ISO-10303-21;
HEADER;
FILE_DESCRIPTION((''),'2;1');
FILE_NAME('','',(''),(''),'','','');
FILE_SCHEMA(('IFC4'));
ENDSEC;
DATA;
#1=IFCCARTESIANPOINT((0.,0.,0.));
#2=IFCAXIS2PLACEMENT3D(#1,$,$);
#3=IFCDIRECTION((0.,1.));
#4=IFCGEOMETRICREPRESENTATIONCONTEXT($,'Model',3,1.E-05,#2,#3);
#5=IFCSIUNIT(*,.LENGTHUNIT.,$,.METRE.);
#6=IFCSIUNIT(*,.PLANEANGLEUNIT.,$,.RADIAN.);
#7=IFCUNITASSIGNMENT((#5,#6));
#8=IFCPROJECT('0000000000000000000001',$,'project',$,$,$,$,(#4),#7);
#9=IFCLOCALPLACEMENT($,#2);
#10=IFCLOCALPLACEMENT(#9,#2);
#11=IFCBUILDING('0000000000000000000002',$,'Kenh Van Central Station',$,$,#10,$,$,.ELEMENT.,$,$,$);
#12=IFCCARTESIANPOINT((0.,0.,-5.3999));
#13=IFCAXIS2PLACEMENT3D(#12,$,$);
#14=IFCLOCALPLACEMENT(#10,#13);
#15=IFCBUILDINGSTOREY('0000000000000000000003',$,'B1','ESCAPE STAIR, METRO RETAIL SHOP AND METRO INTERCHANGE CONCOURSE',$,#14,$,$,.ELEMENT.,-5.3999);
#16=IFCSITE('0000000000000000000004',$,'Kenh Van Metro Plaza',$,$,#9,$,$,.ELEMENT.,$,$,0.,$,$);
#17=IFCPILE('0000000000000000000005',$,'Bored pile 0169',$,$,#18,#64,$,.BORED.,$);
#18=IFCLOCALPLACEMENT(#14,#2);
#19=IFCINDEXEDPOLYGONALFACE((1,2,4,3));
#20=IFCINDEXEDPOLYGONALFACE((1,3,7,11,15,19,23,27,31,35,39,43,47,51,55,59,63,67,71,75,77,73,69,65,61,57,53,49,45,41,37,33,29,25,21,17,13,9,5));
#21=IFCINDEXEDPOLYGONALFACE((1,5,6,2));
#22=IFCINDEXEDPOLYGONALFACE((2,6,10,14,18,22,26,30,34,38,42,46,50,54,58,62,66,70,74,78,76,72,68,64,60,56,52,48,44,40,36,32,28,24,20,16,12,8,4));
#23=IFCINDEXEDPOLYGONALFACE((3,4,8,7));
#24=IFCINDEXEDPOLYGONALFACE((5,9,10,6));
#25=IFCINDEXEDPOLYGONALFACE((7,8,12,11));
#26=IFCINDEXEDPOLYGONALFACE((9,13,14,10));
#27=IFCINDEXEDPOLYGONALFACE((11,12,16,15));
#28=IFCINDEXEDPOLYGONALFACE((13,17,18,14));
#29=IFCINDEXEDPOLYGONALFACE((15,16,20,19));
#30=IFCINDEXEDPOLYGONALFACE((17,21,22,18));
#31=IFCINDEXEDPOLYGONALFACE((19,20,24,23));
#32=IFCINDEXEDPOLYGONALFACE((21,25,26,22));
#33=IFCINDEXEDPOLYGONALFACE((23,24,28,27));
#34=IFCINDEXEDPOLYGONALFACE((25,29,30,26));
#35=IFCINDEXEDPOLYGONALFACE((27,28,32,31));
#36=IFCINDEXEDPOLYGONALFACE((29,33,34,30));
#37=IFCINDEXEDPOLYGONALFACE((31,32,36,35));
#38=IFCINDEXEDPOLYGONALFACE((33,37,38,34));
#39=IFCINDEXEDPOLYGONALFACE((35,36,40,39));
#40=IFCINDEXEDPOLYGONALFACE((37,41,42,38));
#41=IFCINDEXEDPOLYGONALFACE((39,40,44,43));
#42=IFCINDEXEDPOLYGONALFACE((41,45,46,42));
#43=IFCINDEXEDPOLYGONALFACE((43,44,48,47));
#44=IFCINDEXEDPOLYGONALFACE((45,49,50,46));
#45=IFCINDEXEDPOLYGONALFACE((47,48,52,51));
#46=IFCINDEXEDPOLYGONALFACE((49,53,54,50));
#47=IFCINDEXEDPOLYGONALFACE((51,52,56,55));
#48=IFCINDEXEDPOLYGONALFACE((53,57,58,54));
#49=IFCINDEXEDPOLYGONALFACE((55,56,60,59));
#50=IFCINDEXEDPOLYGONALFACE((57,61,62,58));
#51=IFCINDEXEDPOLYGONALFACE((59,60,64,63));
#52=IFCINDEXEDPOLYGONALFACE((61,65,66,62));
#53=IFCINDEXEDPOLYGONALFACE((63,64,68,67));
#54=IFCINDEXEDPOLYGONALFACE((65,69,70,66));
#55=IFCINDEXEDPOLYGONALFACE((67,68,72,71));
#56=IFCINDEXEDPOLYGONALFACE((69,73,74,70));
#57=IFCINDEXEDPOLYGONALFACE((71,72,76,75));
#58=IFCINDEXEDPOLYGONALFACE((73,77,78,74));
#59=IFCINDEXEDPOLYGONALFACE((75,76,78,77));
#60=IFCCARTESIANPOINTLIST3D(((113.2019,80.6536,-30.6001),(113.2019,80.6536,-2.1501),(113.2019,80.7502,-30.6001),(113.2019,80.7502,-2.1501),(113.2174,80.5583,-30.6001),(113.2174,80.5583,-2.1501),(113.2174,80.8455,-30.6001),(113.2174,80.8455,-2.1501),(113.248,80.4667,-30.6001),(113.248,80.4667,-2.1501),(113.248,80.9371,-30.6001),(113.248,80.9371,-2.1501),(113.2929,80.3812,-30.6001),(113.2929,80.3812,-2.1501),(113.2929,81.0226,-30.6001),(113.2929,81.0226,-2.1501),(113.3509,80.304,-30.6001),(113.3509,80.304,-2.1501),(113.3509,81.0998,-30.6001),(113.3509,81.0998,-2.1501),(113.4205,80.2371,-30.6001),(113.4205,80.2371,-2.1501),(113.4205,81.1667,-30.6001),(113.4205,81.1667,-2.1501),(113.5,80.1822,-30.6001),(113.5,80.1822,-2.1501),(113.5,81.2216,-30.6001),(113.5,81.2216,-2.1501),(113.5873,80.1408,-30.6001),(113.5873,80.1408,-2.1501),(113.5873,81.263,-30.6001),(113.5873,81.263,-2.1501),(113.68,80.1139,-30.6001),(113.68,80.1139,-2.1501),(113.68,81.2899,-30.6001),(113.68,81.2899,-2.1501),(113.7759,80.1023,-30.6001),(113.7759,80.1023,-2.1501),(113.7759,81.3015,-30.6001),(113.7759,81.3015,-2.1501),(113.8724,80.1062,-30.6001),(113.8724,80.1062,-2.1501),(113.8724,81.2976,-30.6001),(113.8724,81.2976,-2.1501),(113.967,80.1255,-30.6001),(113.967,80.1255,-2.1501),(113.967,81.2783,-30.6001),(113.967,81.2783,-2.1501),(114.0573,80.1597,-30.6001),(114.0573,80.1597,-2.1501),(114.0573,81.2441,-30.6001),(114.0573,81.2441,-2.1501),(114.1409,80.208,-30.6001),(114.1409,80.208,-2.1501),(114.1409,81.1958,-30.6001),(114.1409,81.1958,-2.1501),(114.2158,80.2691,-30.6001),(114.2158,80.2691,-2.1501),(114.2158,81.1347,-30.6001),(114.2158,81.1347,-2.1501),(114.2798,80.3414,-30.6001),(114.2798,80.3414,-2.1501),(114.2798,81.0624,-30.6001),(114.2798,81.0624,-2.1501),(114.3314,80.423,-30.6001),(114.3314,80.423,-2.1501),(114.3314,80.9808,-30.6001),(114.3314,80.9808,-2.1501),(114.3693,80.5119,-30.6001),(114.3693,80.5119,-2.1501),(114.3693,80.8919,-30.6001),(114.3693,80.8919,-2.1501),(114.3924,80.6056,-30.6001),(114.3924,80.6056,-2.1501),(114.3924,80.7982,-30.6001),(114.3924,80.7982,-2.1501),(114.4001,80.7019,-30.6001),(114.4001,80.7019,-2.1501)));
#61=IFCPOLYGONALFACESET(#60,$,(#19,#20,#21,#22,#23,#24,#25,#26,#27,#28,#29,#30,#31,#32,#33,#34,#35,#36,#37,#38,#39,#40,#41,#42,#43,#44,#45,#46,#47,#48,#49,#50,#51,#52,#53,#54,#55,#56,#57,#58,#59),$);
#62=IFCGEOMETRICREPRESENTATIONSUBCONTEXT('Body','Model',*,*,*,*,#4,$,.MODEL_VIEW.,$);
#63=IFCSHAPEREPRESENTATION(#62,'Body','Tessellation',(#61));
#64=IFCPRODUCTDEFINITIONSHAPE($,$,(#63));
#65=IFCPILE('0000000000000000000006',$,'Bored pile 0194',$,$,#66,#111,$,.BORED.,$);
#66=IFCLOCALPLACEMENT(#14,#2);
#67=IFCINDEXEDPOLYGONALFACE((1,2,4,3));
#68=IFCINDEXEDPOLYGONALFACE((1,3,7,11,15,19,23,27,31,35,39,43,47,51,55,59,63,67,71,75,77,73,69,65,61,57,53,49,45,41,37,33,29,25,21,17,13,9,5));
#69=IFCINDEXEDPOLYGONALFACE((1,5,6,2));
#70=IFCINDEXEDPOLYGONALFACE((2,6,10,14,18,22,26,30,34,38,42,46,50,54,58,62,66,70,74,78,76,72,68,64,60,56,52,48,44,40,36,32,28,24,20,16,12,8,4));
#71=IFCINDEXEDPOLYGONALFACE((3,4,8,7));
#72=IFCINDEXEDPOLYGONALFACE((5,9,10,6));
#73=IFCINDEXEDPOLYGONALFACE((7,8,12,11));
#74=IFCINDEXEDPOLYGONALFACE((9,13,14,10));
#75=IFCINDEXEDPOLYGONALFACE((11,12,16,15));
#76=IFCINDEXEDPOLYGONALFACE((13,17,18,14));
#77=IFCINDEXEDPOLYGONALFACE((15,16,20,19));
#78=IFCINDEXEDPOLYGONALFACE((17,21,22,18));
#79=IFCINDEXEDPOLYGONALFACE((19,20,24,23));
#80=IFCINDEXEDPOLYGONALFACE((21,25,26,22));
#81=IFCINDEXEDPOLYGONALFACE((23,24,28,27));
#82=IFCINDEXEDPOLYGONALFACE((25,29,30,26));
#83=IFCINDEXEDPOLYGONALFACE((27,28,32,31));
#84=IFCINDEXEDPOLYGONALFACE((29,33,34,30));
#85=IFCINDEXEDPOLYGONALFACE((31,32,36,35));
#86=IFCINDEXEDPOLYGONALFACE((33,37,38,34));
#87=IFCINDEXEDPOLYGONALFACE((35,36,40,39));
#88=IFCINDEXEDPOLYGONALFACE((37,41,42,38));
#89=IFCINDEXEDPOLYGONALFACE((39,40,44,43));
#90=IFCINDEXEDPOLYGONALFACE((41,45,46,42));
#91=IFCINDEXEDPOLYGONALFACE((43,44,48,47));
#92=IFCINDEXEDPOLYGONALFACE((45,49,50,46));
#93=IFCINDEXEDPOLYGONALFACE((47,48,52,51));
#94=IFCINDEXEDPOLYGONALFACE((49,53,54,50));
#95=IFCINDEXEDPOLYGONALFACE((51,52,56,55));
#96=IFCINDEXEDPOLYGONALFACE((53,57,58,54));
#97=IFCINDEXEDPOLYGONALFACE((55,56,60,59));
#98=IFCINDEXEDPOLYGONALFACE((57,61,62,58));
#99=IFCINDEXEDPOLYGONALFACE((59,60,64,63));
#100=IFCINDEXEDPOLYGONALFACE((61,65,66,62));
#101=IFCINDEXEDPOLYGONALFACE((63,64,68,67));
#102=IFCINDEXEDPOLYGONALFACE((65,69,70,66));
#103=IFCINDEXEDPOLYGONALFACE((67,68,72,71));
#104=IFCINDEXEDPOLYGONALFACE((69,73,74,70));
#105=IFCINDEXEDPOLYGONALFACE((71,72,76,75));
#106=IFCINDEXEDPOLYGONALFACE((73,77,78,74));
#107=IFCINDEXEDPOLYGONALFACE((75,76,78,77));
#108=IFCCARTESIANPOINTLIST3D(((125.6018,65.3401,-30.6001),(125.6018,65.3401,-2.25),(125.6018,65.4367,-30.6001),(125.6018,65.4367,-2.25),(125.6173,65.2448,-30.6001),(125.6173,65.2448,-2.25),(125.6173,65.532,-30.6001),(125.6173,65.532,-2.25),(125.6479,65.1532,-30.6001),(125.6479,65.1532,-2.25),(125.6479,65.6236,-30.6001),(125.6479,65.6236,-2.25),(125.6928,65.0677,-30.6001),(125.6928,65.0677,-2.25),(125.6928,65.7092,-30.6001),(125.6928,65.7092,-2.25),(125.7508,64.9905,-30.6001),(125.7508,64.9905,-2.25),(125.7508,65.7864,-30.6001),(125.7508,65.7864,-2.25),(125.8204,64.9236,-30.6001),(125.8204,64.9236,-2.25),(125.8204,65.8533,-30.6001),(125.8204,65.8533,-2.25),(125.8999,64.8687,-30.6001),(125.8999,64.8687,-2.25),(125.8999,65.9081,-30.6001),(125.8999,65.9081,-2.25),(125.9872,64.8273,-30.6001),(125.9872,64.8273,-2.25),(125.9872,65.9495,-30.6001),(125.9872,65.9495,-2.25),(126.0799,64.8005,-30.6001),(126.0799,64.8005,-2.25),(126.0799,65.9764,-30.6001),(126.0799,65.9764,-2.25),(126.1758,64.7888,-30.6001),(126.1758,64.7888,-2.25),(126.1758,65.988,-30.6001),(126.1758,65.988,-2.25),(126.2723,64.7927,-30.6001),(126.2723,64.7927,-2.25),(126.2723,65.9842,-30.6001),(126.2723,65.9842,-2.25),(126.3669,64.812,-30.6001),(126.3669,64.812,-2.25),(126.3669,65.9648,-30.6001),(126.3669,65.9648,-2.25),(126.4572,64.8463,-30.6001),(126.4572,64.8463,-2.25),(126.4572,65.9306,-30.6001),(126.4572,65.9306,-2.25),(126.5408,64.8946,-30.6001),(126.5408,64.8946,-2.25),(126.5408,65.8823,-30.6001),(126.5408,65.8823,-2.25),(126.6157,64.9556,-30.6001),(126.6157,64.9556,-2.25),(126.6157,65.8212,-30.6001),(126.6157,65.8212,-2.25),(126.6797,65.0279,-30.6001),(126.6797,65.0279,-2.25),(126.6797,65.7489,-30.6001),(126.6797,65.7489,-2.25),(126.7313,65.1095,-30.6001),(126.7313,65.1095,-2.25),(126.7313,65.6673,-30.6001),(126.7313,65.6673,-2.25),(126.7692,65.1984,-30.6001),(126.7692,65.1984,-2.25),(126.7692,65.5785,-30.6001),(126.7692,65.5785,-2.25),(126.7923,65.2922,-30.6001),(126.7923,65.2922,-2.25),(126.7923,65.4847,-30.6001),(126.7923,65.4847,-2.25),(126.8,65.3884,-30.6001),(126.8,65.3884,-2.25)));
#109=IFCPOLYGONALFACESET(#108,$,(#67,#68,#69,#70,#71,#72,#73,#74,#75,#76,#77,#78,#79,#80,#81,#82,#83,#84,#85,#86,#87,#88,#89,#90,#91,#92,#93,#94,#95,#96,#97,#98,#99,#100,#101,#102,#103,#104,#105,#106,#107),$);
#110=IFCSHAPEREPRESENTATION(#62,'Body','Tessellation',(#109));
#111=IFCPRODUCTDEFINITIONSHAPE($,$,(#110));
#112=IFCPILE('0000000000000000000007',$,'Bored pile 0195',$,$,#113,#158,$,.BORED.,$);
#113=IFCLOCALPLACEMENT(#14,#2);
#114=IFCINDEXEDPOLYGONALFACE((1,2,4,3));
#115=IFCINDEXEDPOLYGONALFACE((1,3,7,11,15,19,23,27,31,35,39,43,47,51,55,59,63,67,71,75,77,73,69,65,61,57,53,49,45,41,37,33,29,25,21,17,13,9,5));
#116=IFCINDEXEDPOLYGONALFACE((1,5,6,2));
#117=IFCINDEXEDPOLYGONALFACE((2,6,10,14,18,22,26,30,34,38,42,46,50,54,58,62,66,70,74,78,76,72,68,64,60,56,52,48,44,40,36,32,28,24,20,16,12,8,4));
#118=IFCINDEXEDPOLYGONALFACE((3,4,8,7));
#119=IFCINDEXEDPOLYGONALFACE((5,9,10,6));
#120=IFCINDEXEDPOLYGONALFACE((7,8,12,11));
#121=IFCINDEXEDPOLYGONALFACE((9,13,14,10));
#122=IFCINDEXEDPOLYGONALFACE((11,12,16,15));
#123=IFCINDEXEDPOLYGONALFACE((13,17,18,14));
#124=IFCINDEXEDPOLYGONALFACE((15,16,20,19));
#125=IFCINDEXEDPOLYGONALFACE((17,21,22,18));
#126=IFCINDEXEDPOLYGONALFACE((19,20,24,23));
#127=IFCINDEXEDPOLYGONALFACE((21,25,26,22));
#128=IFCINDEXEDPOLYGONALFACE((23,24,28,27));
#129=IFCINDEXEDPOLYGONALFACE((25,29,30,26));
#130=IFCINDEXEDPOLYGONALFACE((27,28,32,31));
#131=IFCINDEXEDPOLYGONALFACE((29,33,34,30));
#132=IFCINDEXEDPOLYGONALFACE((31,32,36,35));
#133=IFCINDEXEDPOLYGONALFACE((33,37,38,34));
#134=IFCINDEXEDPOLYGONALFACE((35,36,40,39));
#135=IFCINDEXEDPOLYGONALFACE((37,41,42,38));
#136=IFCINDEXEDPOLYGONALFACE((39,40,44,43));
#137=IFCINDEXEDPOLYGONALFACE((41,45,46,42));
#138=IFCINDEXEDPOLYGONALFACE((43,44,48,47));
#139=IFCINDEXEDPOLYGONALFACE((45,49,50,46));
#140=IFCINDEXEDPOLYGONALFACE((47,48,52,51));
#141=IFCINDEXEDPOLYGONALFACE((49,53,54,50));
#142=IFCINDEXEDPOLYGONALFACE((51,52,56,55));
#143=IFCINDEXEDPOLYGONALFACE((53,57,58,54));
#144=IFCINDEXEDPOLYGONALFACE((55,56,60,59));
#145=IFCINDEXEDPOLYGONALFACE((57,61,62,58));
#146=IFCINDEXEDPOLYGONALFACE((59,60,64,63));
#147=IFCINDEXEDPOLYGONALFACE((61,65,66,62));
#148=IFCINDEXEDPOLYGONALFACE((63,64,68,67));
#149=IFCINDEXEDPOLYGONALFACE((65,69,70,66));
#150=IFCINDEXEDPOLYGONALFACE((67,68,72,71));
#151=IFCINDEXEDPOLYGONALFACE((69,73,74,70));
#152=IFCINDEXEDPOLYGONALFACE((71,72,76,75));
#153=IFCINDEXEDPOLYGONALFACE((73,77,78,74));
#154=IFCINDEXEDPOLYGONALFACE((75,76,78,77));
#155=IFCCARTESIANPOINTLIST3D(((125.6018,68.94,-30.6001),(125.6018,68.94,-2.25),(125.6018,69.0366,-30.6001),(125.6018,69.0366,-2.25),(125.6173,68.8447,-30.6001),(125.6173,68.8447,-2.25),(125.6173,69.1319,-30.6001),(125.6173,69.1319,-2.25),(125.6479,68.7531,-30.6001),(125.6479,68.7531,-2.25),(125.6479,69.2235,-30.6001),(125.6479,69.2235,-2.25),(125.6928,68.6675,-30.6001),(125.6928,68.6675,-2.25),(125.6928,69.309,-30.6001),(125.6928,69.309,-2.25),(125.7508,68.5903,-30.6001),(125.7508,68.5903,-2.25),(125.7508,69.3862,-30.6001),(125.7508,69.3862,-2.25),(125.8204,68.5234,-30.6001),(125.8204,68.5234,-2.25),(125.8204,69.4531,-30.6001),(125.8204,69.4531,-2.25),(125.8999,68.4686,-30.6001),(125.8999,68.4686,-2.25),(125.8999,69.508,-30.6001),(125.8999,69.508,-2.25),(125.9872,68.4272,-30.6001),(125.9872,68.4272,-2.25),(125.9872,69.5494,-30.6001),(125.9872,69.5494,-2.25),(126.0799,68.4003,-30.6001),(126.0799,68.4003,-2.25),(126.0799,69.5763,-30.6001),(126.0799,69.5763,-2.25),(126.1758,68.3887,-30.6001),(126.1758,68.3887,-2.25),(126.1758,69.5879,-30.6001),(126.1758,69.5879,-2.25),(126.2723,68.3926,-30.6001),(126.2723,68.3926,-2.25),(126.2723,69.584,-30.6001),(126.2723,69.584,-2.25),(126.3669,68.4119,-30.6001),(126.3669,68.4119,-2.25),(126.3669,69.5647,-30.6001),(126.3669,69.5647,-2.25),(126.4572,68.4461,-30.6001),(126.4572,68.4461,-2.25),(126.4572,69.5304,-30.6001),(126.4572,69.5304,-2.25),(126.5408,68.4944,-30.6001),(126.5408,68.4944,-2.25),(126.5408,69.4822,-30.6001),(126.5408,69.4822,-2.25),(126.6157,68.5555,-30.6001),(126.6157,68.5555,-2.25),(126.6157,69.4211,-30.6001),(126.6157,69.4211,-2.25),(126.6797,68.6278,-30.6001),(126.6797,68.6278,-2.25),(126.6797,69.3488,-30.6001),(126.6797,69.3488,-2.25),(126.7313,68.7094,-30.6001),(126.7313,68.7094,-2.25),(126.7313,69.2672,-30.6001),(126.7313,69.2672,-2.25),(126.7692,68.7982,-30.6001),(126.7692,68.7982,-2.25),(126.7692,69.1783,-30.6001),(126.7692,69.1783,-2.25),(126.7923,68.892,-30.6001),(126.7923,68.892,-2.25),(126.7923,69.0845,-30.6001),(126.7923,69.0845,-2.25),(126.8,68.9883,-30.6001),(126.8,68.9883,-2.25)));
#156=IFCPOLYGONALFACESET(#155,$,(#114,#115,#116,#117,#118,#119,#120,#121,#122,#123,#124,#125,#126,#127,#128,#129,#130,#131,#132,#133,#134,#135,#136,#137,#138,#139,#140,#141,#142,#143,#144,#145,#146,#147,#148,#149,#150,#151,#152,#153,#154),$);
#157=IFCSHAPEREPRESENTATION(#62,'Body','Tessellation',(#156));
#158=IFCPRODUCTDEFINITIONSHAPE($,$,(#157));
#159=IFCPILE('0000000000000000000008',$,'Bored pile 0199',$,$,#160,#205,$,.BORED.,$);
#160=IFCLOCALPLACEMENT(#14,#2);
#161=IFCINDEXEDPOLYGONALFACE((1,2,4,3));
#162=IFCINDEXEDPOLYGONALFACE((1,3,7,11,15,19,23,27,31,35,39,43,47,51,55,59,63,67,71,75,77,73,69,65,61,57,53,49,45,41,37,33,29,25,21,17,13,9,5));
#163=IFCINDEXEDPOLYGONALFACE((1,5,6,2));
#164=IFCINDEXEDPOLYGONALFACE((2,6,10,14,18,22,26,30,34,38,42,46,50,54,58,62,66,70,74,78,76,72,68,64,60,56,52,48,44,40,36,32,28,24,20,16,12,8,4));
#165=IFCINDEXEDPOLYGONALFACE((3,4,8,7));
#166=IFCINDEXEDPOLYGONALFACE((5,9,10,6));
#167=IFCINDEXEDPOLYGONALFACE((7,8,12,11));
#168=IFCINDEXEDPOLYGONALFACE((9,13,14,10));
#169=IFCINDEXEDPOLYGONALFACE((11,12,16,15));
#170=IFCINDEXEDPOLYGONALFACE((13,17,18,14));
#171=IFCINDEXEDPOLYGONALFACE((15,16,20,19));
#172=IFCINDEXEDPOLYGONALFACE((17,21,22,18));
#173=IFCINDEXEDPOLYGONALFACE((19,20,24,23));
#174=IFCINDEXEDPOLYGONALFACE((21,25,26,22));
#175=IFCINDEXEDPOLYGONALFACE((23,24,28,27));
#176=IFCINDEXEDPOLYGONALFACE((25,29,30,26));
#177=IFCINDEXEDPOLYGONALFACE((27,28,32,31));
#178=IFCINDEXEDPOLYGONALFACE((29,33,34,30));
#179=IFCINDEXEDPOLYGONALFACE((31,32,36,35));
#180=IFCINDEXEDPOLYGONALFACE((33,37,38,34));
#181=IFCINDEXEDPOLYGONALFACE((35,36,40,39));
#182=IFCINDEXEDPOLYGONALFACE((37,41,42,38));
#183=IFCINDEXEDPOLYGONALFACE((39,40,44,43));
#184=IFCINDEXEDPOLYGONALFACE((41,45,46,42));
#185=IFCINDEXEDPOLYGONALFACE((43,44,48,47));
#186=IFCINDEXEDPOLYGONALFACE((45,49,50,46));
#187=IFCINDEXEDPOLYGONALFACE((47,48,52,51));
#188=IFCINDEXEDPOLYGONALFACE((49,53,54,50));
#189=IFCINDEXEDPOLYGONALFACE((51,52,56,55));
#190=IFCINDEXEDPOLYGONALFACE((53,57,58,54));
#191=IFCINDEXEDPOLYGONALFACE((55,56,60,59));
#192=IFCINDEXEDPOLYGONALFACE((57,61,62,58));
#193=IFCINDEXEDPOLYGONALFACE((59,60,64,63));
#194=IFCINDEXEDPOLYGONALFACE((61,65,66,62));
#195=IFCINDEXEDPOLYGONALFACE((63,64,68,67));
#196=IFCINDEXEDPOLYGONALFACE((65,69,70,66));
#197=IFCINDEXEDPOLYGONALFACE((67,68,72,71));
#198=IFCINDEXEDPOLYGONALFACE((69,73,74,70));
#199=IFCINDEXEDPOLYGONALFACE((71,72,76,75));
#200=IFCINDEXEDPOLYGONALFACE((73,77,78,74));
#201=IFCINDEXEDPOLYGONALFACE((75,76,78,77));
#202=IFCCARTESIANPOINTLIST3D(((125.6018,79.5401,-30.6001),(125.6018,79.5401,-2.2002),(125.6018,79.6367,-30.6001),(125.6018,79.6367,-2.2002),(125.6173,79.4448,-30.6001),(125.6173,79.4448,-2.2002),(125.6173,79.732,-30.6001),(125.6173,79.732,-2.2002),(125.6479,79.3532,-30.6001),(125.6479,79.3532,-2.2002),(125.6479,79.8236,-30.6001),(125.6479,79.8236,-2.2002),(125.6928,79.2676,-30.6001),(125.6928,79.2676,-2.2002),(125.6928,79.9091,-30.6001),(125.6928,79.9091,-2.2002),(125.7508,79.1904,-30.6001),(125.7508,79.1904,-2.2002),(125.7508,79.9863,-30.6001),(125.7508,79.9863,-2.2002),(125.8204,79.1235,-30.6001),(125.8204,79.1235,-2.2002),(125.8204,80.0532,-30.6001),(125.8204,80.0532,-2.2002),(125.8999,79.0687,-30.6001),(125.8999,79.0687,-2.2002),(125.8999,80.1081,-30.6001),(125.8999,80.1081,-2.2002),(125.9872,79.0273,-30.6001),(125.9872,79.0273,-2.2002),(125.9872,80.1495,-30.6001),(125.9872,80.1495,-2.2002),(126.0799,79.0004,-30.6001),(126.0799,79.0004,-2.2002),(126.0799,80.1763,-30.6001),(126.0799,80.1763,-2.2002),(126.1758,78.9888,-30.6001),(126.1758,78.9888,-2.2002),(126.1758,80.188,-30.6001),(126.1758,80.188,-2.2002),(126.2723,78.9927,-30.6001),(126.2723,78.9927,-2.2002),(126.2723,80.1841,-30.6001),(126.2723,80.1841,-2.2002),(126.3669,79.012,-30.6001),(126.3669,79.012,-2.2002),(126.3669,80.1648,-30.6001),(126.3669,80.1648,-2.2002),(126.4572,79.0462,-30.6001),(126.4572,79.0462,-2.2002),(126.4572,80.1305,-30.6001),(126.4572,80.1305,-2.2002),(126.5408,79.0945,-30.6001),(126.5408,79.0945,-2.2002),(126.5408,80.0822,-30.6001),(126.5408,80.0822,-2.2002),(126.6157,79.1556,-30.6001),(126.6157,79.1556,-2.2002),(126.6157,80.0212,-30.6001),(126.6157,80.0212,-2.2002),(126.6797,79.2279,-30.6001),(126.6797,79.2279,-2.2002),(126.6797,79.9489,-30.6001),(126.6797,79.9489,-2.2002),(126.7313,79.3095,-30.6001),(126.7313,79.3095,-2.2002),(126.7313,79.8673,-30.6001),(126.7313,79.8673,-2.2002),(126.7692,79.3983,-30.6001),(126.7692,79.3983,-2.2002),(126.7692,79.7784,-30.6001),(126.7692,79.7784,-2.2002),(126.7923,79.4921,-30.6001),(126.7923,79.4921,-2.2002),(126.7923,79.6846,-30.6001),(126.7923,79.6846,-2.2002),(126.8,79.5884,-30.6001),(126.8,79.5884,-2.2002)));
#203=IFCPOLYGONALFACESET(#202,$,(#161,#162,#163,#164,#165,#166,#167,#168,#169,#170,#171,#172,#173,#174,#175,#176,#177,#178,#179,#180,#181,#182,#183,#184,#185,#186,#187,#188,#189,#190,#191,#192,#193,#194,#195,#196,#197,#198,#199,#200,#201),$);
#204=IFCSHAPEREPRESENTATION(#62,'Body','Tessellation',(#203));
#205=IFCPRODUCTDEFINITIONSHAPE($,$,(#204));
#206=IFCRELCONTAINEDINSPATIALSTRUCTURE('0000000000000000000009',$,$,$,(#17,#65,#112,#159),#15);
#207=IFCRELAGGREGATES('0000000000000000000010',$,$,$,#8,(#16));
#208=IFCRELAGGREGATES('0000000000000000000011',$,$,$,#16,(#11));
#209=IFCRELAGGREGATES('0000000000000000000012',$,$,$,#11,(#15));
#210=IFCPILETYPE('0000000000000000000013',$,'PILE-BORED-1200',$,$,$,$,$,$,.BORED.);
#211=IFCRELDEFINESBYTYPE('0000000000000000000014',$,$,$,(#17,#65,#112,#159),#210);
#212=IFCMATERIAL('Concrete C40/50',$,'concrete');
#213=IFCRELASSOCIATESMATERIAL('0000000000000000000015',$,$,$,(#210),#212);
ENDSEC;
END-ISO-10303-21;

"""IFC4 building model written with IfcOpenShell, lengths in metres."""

from ifc_helpers import new_model, si_unit, direction, frame, origin, origin_2d, place, context, subcontext, project, spatial, circle, extrude, material, material_profile, profile_set, type_object, element, save


model = new_model("IFC4")

# Units and contexts
model_context = context("Model", 3, precision=1e-05, world=origin(), true_north=direction((0.0, 1.0)))
body_context = subcontext(model_context, "Body", "Model", "MODEL_VIEW")
ifc_project = project(units=[si_unit("LENGTHUNIT", "METRE"), si_unit("PLANEANGLEUNIT", "RADIAN")], contexts=[model_context])

# Site, building, storey
site_placement = place(None, origin())
site = spatial("IfcSite", under=ifc_project, at=site_placement, Name="Kenh Van Metro Plaza", CompositionType="ELEMENT", RefElevation=0.0)
building_placement = place(site_placement, origin())
building = spatial("IfcBuilding", under=site, at=building_placement, Name="Kenh Van Central Station", CompositionType="ELEMENT")
storey_placement = place(building_placement, frame((0.0, 0.0, -5.3999)))
storey = spatial("IfcBuildingStorey", under=building, at=storey_placement, Name="B1", Description="ESCAPE STAIR, METRO RETAIL SHOP AND METRO INTERCHANGE CONCOURSE", CompositionType="ELEMENT", Elevation=-5.3999)

# Shared definitions
ifc_material = material(Name="Concrete C40/50", Category="concrete")

# Piles
ifc_material_profile_1 = material_profile(ifc_material, circle(Radius=0.6001, at=origin_2d()), Name="PILE D1200")
ifc_profile_set_1 = profile_set([ifc_material_profile_1], Name="Concrete C40/50")
pile_type_1 = type_object("IfcPileType", Name="PILE-BORED-1200", PredefinedType="BORED", material=ifc_profile_set_1)
for number, where, z_axis, x_axis, name in (
    (1, (113.8, 80.7019, -2.1501), (0.0, 0.0, -1.0), (1.0, 0.0, 0.0), "Bored pile 0169"),
):
    element("IfcPile", number, at=place(storey_placement, frame(where, z_axis=z_axis, x_axis=x_axis)), inside=storey, type_object=pile_type_1, Name=name, PredefinedType="BORED", context=body_context, shape_type="SweptSolid", body=[
        extrude(circle(Radius=0.6001, at=origin_2d()), origin(), (0.0, 0.0, 1.0), 28.45),
    ])
for number, where, z_axis, x_axis, name in (
    (2, (126.2, 65.3884, -2.25), (0.0, 0.0, -1.0), (1.0, 0.0, 0.0), "Bored pile 0194"),
    (3, (126.2, 68.9883, -2.25), (0.0, 0.0, -1.0), (1.0, 0.0, 0.0), "Bored pile 0195"),
):
    element("IfcPile", number, at=place(storey_placement, frame(where, z_axis=z_axis, x_axis=x_axis)), inside=storey, type_object=pile_type_1, Name=name, PredefinedType="BORED", context=body_context, shape_type="SweptSolid", body=[
        extrude(circle(Radius=0.6001, at=origin_2d()), origin(), (0.0, 0.0, 1.0), 28.3501),
    ])
pile_1_placement = place(storey_placement, frame((126.2, 79.5884, -2.2002), z_axis=(0.0, 0.0, -1.0), x_axis=(1.0, 0.0, 0.0)))
element("IfcPile", 4, at=pile_1_placement, inside=storey, type_object=pile_type_1, Name="Bored pile 0199", PredefinedType="BORED", context=body_context, shape_type="SweptSolid", body=[
    extrude(circle(Radius=0.6001, at=origin_2d()), origin(), (0.0, 0.0, 1.0), 28.3999),
])

save(model, "model.ifc")
